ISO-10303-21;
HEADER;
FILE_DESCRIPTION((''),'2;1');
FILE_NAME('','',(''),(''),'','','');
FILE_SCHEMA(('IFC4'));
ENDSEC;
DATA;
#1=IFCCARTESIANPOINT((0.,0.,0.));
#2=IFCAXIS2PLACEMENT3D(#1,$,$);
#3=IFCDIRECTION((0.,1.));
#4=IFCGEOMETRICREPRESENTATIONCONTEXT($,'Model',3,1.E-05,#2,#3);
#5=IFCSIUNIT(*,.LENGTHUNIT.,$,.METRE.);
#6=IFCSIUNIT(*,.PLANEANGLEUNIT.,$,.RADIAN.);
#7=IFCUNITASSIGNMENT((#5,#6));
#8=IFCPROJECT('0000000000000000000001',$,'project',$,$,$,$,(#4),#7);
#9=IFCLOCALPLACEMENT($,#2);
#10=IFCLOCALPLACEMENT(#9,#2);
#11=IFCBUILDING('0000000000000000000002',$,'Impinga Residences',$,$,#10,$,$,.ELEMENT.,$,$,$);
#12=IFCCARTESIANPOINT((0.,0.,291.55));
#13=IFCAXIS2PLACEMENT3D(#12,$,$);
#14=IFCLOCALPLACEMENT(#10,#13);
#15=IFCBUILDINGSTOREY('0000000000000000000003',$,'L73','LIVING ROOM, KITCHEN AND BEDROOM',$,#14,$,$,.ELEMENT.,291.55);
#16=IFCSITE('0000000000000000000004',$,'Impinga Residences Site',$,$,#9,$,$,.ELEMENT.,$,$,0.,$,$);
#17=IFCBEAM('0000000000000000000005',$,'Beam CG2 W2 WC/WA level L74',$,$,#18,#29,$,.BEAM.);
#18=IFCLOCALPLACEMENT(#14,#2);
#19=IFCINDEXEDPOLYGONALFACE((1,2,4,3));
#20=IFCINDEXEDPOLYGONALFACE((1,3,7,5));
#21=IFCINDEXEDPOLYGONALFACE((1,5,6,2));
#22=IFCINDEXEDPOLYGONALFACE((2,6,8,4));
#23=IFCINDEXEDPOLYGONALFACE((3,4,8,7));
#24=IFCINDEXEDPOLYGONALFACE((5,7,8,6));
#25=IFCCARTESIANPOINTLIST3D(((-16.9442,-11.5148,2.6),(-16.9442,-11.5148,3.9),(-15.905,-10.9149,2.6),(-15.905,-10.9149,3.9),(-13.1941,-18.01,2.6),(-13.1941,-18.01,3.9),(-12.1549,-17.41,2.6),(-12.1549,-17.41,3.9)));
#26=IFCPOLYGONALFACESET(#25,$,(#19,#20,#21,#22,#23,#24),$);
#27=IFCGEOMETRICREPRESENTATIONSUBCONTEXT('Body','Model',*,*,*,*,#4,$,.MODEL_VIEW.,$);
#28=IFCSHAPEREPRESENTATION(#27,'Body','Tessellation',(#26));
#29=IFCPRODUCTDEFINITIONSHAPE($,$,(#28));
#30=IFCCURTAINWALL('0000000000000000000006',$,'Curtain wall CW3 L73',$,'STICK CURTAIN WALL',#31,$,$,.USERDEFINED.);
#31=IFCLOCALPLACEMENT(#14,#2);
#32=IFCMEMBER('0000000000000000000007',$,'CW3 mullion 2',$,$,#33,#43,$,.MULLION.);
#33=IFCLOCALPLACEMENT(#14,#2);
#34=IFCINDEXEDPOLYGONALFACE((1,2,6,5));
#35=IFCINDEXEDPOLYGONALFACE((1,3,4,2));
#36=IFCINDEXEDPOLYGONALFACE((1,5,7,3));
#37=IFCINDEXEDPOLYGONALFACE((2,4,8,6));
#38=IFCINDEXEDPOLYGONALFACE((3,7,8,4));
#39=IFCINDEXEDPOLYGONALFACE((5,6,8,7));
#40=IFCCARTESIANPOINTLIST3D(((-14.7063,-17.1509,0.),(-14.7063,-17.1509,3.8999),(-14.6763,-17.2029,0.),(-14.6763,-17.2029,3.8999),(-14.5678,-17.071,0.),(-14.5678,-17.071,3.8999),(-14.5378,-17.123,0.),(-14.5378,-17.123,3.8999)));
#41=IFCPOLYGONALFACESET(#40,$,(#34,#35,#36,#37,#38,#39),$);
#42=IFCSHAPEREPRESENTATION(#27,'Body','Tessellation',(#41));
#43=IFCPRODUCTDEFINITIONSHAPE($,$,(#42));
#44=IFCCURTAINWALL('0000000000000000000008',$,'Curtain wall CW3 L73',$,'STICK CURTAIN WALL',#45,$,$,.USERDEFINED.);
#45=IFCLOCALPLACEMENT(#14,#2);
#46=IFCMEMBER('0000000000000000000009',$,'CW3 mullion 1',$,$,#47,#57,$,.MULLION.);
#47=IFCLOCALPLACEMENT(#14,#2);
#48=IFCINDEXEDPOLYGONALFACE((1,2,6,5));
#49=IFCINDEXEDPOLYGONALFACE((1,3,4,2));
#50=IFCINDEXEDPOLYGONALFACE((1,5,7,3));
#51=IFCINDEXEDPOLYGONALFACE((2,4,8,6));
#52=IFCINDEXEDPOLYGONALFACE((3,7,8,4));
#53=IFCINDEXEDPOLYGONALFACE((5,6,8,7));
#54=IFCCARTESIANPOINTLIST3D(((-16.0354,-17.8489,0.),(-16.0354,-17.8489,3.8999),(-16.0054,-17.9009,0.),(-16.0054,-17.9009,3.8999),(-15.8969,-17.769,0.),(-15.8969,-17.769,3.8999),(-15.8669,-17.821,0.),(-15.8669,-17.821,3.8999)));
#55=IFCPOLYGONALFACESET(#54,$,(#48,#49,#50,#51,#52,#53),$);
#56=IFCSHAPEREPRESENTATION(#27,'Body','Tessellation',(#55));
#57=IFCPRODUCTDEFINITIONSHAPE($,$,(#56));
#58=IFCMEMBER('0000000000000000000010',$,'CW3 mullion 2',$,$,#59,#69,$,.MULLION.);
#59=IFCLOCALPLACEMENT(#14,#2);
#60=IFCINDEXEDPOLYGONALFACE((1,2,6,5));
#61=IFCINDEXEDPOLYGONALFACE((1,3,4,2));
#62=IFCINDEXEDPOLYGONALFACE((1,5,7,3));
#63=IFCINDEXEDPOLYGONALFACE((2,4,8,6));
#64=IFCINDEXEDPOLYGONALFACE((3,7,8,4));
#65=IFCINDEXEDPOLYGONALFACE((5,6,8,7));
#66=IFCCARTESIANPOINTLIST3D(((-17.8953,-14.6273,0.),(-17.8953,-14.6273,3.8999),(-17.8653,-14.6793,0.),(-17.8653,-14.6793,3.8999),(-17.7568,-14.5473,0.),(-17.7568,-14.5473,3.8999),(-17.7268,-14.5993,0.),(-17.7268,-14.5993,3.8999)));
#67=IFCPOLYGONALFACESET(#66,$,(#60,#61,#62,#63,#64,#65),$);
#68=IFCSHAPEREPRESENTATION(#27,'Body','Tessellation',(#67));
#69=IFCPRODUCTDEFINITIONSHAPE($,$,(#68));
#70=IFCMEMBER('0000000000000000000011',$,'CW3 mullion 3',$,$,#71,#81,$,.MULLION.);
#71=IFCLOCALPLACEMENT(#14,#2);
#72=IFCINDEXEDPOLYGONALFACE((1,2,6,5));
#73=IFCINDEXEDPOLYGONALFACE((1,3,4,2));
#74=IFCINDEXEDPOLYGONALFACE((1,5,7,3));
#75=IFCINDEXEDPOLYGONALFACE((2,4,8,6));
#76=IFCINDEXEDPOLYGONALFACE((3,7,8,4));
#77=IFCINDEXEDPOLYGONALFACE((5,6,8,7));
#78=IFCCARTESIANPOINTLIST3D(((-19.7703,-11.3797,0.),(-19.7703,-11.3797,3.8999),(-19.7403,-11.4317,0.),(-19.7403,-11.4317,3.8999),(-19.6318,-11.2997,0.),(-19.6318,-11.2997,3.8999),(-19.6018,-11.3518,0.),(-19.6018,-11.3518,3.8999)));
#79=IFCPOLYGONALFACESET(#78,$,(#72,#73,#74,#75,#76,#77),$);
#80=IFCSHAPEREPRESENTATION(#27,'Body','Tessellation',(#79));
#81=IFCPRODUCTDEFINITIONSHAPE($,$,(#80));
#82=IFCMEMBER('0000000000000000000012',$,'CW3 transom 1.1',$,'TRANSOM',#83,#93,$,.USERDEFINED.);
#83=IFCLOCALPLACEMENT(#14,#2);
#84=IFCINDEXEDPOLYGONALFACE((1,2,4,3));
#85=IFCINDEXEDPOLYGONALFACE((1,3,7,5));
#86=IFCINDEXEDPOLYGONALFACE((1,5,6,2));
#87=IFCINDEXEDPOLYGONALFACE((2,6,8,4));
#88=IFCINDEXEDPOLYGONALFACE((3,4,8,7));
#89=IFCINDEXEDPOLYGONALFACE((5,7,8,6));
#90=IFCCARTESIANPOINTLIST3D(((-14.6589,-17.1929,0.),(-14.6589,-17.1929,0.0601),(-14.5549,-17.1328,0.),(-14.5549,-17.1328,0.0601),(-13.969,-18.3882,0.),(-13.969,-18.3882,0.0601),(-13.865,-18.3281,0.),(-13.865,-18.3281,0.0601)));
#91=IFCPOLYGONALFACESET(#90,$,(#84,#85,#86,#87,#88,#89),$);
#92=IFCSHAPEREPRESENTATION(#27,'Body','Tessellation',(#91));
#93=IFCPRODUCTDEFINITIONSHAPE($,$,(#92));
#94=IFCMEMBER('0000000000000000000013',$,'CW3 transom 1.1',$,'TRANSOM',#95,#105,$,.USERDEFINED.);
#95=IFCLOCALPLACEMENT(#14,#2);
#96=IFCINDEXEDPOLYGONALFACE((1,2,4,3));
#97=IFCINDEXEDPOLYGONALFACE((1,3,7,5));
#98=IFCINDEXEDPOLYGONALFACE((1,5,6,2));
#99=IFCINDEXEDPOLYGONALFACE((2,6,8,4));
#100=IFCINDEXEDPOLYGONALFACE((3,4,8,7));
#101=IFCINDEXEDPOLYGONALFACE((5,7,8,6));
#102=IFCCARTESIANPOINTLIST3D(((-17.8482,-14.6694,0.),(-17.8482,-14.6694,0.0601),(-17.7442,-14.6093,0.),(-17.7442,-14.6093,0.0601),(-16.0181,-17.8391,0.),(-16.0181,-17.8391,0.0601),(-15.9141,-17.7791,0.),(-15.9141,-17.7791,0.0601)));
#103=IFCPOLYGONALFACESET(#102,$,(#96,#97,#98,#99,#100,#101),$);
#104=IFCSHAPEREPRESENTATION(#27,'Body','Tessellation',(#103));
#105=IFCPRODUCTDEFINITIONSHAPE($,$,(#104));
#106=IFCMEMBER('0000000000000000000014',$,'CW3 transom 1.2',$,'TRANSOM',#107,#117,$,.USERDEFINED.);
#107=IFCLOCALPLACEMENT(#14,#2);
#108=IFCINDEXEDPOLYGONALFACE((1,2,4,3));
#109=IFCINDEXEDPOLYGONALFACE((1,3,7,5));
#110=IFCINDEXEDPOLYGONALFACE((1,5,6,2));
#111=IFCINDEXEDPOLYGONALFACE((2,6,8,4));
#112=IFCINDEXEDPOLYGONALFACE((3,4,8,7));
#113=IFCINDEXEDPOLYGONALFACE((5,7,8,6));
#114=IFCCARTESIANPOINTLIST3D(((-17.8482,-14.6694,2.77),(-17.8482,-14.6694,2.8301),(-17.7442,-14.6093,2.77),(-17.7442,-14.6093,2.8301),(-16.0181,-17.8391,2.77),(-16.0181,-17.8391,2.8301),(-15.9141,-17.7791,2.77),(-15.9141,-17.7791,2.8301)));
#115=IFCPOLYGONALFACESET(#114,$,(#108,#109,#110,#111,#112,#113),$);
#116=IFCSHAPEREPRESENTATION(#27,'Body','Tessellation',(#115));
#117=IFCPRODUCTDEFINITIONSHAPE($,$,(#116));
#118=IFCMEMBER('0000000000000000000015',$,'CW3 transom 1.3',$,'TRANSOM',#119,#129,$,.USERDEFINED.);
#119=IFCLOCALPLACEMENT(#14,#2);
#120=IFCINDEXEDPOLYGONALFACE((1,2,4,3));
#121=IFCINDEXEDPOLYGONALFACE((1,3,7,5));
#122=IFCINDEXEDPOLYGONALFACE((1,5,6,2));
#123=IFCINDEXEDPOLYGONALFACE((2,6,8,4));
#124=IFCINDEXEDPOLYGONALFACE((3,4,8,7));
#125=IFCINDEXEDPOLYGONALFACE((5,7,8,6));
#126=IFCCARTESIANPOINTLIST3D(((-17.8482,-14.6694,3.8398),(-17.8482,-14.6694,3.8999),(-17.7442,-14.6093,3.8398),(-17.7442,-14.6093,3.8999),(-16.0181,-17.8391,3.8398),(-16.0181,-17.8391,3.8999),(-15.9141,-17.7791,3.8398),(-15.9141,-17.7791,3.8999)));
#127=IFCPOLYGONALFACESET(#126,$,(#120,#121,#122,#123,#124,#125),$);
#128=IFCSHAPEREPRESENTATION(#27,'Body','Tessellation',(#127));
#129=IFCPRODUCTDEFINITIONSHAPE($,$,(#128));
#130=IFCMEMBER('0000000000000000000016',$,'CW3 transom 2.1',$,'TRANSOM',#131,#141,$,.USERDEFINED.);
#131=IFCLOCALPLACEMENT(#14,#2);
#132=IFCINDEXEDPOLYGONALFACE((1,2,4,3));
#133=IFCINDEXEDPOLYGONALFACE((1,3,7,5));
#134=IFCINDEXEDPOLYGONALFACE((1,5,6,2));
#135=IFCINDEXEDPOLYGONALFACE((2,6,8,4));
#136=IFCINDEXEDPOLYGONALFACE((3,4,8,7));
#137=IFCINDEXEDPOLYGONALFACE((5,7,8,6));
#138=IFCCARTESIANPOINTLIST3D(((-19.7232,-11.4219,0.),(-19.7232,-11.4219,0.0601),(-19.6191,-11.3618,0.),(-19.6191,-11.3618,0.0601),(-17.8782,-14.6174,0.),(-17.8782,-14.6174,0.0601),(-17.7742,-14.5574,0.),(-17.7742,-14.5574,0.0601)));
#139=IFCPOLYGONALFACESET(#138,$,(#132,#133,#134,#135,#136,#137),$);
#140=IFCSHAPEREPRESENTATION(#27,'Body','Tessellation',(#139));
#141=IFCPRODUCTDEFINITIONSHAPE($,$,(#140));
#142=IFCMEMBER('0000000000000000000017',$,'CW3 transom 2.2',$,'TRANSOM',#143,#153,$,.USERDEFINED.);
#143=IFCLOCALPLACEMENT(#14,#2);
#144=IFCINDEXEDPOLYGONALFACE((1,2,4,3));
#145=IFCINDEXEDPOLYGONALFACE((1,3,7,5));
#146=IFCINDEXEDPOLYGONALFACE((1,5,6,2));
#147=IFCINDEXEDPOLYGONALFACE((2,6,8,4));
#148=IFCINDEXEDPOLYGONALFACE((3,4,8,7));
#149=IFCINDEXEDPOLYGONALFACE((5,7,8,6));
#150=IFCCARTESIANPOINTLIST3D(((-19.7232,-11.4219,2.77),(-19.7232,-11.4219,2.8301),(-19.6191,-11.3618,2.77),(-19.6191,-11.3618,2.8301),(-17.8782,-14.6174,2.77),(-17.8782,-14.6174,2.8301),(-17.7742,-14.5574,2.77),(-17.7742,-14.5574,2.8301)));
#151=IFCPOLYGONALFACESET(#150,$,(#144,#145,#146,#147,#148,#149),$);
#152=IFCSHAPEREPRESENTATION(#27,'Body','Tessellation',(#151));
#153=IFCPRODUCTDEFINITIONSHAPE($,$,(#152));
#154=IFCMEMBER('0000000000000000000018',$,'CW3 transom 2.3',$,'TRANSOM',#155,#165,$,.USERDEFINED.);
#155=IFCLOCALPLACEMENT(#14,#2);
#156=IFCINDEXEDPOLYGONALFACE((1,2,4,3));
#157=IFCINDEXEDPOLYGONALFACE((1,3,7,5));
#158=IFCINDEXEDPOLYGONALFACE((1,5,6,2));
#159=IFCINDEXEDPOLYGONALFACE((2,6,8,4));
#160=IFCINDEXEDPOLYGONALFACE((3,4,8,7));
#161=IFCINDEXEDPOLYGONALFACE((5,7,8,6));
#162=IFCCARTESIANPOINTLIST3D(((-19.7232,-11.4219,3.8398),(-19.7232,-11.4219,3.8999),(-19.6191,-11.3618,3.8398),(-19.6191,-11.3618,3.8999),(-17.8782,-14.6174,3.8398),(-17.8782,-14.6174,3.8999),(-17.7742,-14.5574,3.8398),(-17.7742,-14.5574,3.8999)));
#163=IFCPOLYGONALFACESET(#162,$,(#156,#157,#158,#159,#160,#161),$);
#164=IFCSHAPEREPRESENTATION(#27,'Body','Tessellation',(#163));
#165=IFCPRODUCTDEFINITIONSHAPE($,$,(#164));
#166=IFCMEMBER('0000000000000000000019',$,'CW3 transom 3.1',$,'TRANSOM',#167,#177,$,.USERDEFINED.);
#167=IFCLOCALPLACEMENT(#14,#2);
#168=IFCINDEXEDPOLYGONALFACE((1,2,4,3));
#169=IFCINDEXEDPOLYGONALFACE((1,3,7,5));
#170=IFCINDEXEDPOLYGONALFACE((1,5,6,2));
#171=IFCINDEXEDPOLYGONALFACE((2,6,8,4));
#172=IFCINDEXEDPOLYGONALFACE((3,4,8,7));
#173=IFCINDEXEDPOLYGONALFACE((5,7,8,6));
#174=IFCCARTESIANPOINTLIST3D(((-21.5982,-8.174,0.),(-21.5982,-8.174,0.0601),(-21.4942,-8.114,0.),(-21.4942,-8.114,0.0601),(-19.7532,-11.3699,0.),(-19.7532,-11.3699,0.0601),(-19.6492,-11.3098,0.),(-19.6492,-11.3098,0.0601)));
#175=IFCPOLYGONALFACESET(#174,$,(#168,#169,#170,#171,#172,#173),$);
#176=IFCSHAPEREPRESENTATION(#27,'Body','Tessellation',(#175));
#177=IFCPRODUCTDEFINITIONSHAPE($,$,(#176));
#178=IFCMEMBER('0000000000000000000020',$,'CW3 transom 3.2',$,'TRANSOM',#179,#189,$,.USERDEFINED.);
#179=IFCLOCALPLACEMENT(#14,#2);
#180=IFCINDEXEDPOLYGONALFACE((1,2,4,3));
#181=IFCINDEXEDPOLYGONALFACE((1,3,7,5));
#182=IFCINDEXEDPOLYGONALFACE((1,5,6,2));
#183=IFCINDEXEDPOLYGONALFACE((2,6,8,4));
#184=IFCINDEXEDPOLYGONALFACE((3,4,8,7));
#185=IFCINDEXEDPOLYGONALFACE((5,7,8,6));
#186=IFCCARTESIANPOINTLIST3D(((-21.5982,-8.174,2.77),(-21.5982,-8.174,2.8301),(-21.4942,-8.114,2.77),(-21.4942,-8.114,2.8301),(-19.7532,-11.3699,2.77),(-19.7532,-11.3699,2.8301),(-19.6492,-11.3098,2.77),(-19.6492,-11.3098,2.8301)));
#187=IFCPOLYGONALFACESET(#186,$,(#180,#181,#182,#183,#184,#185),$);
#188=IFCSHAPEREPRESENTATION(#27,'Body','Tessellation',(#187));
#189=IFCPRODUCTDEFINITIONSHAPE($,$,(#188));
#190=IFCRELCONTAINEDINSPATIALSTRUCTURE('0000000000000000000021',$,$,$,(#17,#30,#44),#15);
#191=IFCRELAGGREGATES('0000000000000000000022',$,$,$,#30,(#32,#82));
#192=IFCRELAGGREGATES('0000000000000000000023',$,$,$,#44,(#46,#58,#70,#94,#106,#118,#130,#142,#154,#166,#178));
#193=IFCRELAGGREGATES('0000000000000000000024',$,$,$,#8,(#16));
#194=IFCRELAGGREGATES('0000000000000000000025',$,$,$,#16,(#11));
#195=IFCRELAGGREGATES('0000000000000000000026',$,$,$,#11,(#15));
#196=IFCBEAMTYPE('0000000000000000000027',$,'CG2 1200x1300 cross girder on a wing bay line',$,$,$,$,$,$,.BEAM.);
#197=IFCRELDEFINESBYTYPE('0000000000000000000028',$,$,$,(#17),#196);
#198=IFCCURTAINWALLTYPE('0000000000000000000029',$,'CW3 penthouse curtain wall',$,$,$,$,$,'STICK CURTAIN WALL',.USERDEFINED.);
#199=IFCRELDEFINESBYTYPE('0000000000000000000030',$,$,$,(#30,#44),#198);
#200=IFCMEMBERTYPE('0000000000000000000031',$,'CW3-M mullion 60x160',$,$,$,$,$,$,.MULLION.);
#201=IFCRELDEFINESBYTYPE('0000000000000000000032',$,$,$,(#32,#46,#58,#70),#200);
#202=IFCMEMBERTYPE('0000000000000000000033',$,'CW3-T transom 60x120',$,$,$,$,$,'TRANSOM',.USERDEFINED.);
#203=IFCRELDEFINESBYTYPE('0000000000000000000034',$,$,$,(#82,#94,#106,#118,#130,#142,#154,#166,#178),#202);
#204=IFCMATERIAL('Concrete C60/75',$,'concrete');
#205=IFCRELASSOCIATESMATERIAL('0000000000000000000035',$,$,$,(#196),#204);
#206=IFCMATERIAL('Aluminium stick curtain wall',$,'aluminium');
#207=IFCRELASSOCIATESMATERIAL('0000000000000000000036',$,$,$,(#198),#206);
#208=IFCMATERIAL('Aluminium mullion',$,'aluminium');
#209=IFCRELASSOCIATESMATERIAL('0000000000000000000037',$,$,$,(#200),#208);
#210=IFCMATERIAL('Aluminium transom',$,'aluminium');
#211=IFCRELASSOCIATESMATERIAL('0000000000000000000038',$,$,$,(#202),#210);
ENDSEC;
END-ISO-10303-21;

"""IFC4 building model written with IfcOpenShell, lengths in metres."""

from ifc_helpers import new_model, si_unit, direction, frame, origin, origin_2d, place, context, subcontext, project, spatial, rectangle, extrude, material, material_profile, profile_set, type_object, element, aggregate, save


model = new_model("IFC4")

# Units and contexts
model_context = context("Model", 3, precision=1e-05, world=origin(), true_north=direction((0.0, 1.0)))
body_context = subcontext(model_context, "Body", "Model", "MODEL_VIEW")
ifc_project = project(units=[si_unit("LENGTHUNIT", "METRE"), si_unit("PLANEANGLEUNIT", "RADIAN")], contexts=[model_context])

# Site, building, storey
site_placement = place(None, origin())
site = spatial("IfcSite", under=ifc_project, at=site_placement, Name="Impinga Residences Site", CompositionType="ELEMENT", RefElevation=0.0)
building_placement = place(site_placement, origin())
building = spatial("IfcBuilding", under=site, at=building_placement, Name="Impinga Residences", CompositionType="ELEMENT")
storey_placement = place(building_placement, frame((0.0, 0.0, 291.55)))
storey = spatial("IfcBuildingStorey", under=building, at=storey_placement, Name="L73", Description="LIVING ROOM, KITCHEN AND BEDROOM", CompositionType="ELEMENT", Elevation=291.55)

# Beam
ifc_material_1 = material(Name="Concrete C60/75", Category="concrete")
ifc_material_profile_1 = material_profile(ifc_material_1, rectangle(XDim=1.2, YDim=1.3, at=origin_2d()), Name="RC 1200x1300")
ifc_profile_set_1 = profile_set([ifc_material_profile_1], Name="Concrete C60/75")
beam_type_1 = type_object("IfcBeamType", Name="CG2 1200x1300 cross girder on a wing bay line", PredefinedType="BEAM", material=ifc_profile_set_1)
beam_1_placement = place(storey_placement, frame((-16.4246, -11.2148, 3.25), z_axis=(0.500004, -0.866023, 0.0), x_axis=(0.866023, 0.500004, 0.0)))
element("IfcBeam", 1, at=beam_1_placement, inside=storey, type_object=beam_type_1, Name="Beam CG2 W2 WC/WA level L74", PredefinedType="BEAM", context=body_context, shape_type="SweptSolid", body=[
    extrude(rectangle(XDim=1.2, YDim=1.3, at=origin_2d()), origin(), (0.0, 0.0, 1.0), 7.5),
])

# Curtain wall, member
ifc_material_2 = material(Name="Aluminium stick curtain wall", Category="aluminium")
curtain_wall_type = type_object("IfcCurtainWallType", Name="CW3 penthouse curtain wall", ElementType="STICK CURTAIN WALL", PredefinedType="USERDEFINED", material=ifc_material_2)
curtain_wall_1_placement = place(storey_placement, origin())
curtain_wall_1 = element("IfcCurtainWall", 2, at=curtain_wall_1_placement, inside=storey, type_object=curtain_wall_type, Name="Curtain wall CW3 L73", ObjectType="STICK CURTAIN WALL", PredefinedType="USERDEFINED")
ifc_material_3 = material(Name="Aluminium mullion", Category="aluminium")
ifc_material_profile_2 = material_profile(ifc_material_3, rectangle(XDim=0.0601, YDim=0.1599, at=origin_2d()), Name="60x160 mullion")
ifc_profile_set_2 = profile_set([ifc_material_profile_2], Name="Aluminium mullion")
member_type_1 = type_object("IfcMemberType", Name="CW3-M mullion 60x160", PredefinedType="MULLION", material=ifc_profile_set_2)
member_1_placement = place(storey_placement, frame((-14.6221, -17.137, 0.0), z_axis=(0.0, 0.0, 1.0), x_axis=(-0.5, 0.866025, 0.0)))
member_1 = element("IfcMember", 3, at=member_1_placement, type_object=member_type_1, Name="CW3 mullion 2", PredefinedType="MULLION", context=body_context, shape_type="SweptSolid", body=[
    extrude(rectangle(XDim=0.0601, YDim=0.1599, at=origin_2d()), origin(), (0.0, 0.0, 1.0), 3.8999),
])

# Curtain wall, members
curtain_wall_2_placement = place(storey_placement, origin())
curtain_wall_2 = element("IfcCurtainWall", 4, at=curtain_wall_2_placement, inside=storey, type_object=curtain_wall_type, Name="Curtain wall CW3 L73", ObjectType="STICK CURTAIN WALL", PredefinedType="USERDEFINED")
member_2_placement = place(storey_placement, frame((-15.9512, -17.835, 0.0), z_axis=(0.0, 0.0, 1.0), x_axis=(-0.5, 0.866025, 0.0)))
member_2 = element("IfcMember", 5, at=member_2_placement, type_object=member_type_1, Name="CW3 mullion 1", PredefinedType="MULLION", context=body_context, shape_type="SweptSolid", body=[
    extrude(rectangle(XDim=0.0601, YDim=0.1599, at=origin_2d()), origin(), (0.0, 0.0, 1.0), 3.8999),
])
member_3_placement = place(storey_placement, frame((-17.811, -14.6133, 0.0), z_axis=(0.0, 0.0, 1.0), x_axis=(-0.5, 0.866025, 0.0)))
member_3 = element("IfcMember", 6, at=member_3_placement, type_object=member_type_1, Name="CW3 mullion 2", PredefinedType="MULLION", context=body_context, shape_type="SweptSolid", body=[
    extrude(rectangle(XDim=0.0601, YDim=0.1599, at=origin_2d()), origin(), (0.0, 0.0, 1.0), 3.8999),
])
member_4_placement = place(storey_placement, frame((-19.686, -11.3657, 0.0), z_axis=(0.0, 0.0, 1.0), x_axis=(-0.5, 0.866025, 0.0)))
member_4 = element("IfcMember", 7, at=member_4_placement, type_object=member_type_1, Name="CW3 mullion 3", PredefinedType="MULLION", context=body_context, shape_type="SweptSolid", body=[
    extrude(rectangle(XDim=0.0601, YDim=0.1599, at=origin_2d()), origin(), (0.0, 0.0, 1.0), 3.8999),
])

# Members
ifc_material_4 = material(Name="Aluminium transom", Category="aluminium")
ifc_material_profile_3 = material_profile(ifc_material_4, rectangle(XDim=0.0601, YDim=0.1201, at=origin_2d()), Name="60x120 transom")
ifc_profile_set_3 = profile_set([ifc_material_profile_3], Name="Aluminium transom")
member_type_2 = type_object("IfcMemberType", Name="CW3-T transom 60x120", ElementType="TRANSOM", PredefinedType="USERDEFINED", material=ifc_profile_set_3)
member_5_placement = place(storey_placement, frame((-13.917, -18.3582, 0.03), z_axis=(-0.499906, 0.86608, 0.0), x_axis=(0.0, 0.0, 1.0)))
member_5 = element("IfcMember", 8, at=member_5_placement, type_object=member_type_2, Name="CW3 transom 1.1", ObjectType="TRANSOM", PredefinedType="USERDEFINED", context=body_context, shape_type="SweptSolid", body=[
    extrude(rectangle(XDim=0.0601, YDim=0.1201, at=origin_2d()), origin(), (0.0, 0.0, 1.0), 1.3801),
])
member_6_placement = place(storey_placement, frame((-15.9661, -17.8091, 0.03), z_axis=(-0.500013, 0.866018, 0.0), x_axis=(0.0, 0.0, 1.0)))
member_6 = element("IfcMember", 9, at=member_6_placement, type_object=member_type_2, Name="CW3 transom 1.1", ObjectType="TRANSOM", PredefinedType="USERDEFINED", context=body_context, shape_type="SweptSolid", body=[
    extrude(rectangle(XDim=0.0601, YDim=0.1201, at=origin_2d()), origin(), (0.0, 0.0, 1.0), 3.6602),
])
member_7_placement = place(storey_placement, frame((-15.9661, -17.8091, 2.8), z_axis=(-0.500013, 0.866018, 0.0), x_axis=(0.0, 0.0, 1.0)))
member_7 = element("IfcMember", 10, at=member_7_placement, type_object=member_type_2, Name="CW3 transom 1.2", ObjectType="TRANSOM", PredefinedType="USERDEFINED", context=body_context, shape_type="SweptSolid", body=[
    extrude(rectangle(XDim=0.0601, YDim=0.1201, at=origin_2d()), origin(), (0.0, 0.0, 1.0), 3.6602),
])
member_8_placement = place(storey_placement, frame((-15.9661, -17.8091, 3.8699), z_axis=(-0.500013, 0.866018, 0.0), x_axis=(0.0, 0.0, 1.0)))
member_8 = element("IfcMember", 11, at=member_8_placement, type_object=member_type_2, Name="CW3 transom 1.3", ObjectType="TRANSOM", PredefinedType="USERDEFINED", context=body_context, shape_type="SweptSolid", body=[
    extrude(rectangle(XDim=0.0601, YDim=0.1201, at=origin_2d()), origin(), (0.0, 0.0, 1.0), 3.6602),
])
member_9_placement = place(storey_placement, frame((-17.8262, -14.5874, 0.03), z_axis=(-0.500003, 0.866024, 0.0), x_axis=(0.0, 0.0, 1.0)))
member_9 = element("IfcMember", 12, at=member_9_placement, type_object=member_type_2, Name="CW3 transom 2.1", ObjectType="TRANSOM", PredefinedType="USERDEFINED", context=body_context, shape_type="SweptSolid", body=[
    extrude(rectangle(XDim=0.0601, YDim=0.1201, at=origin_2d()), origin(), (0.0, 0.0, 1.0), 3.6899),
])
member_10_placement = place(storey_placement, frame((-17.8262, -14.5874, 2.8), z_axis=(-0.500003, 0.866024, 0.0), x_axis=(0.0, 0.0, 1.0)))
member_10 = element("IfcMember", 13, at=member_10_placement, type_object=member_type_2, Name="CW3 transom 2.2", ObjectType="TRANSOM", PredefinedType="USERDEFINED", context=body_context, shape_type="SweptSolid", body=[
    extrude(rectangle(XDim=0.0601, YDim=0.1201, at=origin_2d()), origin(), (0.0, 0.0, 1.0), 3.6899),
])
member_11_placement = place(storey_placement, frame((-17.8262, -14.5874, 3.8699), z_axis=(-0.500003, 0.866024, 0.0), x_axis=(0.0, 0.0, 1.0)))
member_11 = element("IfcMember", 14, at=member_11_placement, type_object=member_type_2, Name="CW3 transom 2.3", ObjectType="TRANSOM", PredefinedType="USERDEFINED", context=body_context, shape_type="SweptSolid", body=[
    extrude(rectangle(XDim=0.0601, YDim=0.1201, at=origin_2d()), origin(), (0.0, 0.0, 1.0), 3.6899),
])
member_12_placement = place(storey_placement, frame((-19.7012, -11.3398, 0.03), z_axis=(-0.499974, 0.86604, 0.0), x_axis=(0.0, 0.0, 1.0)))
member_12 = element("IfcMember", 15, at=member_12_placement, type_object=member_type_2, Name="CW3 transom 3.1", ObjectType="TRANSOM", PredefinedType="USERDEFINED", context=body_context, shape_type="SweptSolid", body=[
    extrude(rectangle(XDim=0.0601, YDim=0.1201, at=origin_2d()), origin(), (0.0, 0.0, 1.0), 3.6902),
])
member_13_placement = place(storey_placement, frame((-19.7012, -11.3398, 2.8), z_axis=(-0.499974, 0.86604, 0.0), x_axis=(0.0, 0.0, 1.0)))
member_13 = element("IfcMember", 16, at=member_13_placement, type_object=member_type_2, Name="CW3 transom 3.2", ObjectType="TRANSOM", PredefinedType="USERDEFINED", context=body_context, shape_type="SweptSolid", body=[
    extrude(rectangle(XDim=0.0601, YDim=0.1201, at=origin_2d()), origin(), (0.0, 0.0, 1.0), 3.6902),
])

aggregate(curtain_wall_1, [member_1, member_5])
aggregate(curtain_wall_2, [member_2, member_3, member_4, member_6, member_7, member_8, member_9, member_10, member_11, member_12, member_13])

save(model, "model.ifc")
